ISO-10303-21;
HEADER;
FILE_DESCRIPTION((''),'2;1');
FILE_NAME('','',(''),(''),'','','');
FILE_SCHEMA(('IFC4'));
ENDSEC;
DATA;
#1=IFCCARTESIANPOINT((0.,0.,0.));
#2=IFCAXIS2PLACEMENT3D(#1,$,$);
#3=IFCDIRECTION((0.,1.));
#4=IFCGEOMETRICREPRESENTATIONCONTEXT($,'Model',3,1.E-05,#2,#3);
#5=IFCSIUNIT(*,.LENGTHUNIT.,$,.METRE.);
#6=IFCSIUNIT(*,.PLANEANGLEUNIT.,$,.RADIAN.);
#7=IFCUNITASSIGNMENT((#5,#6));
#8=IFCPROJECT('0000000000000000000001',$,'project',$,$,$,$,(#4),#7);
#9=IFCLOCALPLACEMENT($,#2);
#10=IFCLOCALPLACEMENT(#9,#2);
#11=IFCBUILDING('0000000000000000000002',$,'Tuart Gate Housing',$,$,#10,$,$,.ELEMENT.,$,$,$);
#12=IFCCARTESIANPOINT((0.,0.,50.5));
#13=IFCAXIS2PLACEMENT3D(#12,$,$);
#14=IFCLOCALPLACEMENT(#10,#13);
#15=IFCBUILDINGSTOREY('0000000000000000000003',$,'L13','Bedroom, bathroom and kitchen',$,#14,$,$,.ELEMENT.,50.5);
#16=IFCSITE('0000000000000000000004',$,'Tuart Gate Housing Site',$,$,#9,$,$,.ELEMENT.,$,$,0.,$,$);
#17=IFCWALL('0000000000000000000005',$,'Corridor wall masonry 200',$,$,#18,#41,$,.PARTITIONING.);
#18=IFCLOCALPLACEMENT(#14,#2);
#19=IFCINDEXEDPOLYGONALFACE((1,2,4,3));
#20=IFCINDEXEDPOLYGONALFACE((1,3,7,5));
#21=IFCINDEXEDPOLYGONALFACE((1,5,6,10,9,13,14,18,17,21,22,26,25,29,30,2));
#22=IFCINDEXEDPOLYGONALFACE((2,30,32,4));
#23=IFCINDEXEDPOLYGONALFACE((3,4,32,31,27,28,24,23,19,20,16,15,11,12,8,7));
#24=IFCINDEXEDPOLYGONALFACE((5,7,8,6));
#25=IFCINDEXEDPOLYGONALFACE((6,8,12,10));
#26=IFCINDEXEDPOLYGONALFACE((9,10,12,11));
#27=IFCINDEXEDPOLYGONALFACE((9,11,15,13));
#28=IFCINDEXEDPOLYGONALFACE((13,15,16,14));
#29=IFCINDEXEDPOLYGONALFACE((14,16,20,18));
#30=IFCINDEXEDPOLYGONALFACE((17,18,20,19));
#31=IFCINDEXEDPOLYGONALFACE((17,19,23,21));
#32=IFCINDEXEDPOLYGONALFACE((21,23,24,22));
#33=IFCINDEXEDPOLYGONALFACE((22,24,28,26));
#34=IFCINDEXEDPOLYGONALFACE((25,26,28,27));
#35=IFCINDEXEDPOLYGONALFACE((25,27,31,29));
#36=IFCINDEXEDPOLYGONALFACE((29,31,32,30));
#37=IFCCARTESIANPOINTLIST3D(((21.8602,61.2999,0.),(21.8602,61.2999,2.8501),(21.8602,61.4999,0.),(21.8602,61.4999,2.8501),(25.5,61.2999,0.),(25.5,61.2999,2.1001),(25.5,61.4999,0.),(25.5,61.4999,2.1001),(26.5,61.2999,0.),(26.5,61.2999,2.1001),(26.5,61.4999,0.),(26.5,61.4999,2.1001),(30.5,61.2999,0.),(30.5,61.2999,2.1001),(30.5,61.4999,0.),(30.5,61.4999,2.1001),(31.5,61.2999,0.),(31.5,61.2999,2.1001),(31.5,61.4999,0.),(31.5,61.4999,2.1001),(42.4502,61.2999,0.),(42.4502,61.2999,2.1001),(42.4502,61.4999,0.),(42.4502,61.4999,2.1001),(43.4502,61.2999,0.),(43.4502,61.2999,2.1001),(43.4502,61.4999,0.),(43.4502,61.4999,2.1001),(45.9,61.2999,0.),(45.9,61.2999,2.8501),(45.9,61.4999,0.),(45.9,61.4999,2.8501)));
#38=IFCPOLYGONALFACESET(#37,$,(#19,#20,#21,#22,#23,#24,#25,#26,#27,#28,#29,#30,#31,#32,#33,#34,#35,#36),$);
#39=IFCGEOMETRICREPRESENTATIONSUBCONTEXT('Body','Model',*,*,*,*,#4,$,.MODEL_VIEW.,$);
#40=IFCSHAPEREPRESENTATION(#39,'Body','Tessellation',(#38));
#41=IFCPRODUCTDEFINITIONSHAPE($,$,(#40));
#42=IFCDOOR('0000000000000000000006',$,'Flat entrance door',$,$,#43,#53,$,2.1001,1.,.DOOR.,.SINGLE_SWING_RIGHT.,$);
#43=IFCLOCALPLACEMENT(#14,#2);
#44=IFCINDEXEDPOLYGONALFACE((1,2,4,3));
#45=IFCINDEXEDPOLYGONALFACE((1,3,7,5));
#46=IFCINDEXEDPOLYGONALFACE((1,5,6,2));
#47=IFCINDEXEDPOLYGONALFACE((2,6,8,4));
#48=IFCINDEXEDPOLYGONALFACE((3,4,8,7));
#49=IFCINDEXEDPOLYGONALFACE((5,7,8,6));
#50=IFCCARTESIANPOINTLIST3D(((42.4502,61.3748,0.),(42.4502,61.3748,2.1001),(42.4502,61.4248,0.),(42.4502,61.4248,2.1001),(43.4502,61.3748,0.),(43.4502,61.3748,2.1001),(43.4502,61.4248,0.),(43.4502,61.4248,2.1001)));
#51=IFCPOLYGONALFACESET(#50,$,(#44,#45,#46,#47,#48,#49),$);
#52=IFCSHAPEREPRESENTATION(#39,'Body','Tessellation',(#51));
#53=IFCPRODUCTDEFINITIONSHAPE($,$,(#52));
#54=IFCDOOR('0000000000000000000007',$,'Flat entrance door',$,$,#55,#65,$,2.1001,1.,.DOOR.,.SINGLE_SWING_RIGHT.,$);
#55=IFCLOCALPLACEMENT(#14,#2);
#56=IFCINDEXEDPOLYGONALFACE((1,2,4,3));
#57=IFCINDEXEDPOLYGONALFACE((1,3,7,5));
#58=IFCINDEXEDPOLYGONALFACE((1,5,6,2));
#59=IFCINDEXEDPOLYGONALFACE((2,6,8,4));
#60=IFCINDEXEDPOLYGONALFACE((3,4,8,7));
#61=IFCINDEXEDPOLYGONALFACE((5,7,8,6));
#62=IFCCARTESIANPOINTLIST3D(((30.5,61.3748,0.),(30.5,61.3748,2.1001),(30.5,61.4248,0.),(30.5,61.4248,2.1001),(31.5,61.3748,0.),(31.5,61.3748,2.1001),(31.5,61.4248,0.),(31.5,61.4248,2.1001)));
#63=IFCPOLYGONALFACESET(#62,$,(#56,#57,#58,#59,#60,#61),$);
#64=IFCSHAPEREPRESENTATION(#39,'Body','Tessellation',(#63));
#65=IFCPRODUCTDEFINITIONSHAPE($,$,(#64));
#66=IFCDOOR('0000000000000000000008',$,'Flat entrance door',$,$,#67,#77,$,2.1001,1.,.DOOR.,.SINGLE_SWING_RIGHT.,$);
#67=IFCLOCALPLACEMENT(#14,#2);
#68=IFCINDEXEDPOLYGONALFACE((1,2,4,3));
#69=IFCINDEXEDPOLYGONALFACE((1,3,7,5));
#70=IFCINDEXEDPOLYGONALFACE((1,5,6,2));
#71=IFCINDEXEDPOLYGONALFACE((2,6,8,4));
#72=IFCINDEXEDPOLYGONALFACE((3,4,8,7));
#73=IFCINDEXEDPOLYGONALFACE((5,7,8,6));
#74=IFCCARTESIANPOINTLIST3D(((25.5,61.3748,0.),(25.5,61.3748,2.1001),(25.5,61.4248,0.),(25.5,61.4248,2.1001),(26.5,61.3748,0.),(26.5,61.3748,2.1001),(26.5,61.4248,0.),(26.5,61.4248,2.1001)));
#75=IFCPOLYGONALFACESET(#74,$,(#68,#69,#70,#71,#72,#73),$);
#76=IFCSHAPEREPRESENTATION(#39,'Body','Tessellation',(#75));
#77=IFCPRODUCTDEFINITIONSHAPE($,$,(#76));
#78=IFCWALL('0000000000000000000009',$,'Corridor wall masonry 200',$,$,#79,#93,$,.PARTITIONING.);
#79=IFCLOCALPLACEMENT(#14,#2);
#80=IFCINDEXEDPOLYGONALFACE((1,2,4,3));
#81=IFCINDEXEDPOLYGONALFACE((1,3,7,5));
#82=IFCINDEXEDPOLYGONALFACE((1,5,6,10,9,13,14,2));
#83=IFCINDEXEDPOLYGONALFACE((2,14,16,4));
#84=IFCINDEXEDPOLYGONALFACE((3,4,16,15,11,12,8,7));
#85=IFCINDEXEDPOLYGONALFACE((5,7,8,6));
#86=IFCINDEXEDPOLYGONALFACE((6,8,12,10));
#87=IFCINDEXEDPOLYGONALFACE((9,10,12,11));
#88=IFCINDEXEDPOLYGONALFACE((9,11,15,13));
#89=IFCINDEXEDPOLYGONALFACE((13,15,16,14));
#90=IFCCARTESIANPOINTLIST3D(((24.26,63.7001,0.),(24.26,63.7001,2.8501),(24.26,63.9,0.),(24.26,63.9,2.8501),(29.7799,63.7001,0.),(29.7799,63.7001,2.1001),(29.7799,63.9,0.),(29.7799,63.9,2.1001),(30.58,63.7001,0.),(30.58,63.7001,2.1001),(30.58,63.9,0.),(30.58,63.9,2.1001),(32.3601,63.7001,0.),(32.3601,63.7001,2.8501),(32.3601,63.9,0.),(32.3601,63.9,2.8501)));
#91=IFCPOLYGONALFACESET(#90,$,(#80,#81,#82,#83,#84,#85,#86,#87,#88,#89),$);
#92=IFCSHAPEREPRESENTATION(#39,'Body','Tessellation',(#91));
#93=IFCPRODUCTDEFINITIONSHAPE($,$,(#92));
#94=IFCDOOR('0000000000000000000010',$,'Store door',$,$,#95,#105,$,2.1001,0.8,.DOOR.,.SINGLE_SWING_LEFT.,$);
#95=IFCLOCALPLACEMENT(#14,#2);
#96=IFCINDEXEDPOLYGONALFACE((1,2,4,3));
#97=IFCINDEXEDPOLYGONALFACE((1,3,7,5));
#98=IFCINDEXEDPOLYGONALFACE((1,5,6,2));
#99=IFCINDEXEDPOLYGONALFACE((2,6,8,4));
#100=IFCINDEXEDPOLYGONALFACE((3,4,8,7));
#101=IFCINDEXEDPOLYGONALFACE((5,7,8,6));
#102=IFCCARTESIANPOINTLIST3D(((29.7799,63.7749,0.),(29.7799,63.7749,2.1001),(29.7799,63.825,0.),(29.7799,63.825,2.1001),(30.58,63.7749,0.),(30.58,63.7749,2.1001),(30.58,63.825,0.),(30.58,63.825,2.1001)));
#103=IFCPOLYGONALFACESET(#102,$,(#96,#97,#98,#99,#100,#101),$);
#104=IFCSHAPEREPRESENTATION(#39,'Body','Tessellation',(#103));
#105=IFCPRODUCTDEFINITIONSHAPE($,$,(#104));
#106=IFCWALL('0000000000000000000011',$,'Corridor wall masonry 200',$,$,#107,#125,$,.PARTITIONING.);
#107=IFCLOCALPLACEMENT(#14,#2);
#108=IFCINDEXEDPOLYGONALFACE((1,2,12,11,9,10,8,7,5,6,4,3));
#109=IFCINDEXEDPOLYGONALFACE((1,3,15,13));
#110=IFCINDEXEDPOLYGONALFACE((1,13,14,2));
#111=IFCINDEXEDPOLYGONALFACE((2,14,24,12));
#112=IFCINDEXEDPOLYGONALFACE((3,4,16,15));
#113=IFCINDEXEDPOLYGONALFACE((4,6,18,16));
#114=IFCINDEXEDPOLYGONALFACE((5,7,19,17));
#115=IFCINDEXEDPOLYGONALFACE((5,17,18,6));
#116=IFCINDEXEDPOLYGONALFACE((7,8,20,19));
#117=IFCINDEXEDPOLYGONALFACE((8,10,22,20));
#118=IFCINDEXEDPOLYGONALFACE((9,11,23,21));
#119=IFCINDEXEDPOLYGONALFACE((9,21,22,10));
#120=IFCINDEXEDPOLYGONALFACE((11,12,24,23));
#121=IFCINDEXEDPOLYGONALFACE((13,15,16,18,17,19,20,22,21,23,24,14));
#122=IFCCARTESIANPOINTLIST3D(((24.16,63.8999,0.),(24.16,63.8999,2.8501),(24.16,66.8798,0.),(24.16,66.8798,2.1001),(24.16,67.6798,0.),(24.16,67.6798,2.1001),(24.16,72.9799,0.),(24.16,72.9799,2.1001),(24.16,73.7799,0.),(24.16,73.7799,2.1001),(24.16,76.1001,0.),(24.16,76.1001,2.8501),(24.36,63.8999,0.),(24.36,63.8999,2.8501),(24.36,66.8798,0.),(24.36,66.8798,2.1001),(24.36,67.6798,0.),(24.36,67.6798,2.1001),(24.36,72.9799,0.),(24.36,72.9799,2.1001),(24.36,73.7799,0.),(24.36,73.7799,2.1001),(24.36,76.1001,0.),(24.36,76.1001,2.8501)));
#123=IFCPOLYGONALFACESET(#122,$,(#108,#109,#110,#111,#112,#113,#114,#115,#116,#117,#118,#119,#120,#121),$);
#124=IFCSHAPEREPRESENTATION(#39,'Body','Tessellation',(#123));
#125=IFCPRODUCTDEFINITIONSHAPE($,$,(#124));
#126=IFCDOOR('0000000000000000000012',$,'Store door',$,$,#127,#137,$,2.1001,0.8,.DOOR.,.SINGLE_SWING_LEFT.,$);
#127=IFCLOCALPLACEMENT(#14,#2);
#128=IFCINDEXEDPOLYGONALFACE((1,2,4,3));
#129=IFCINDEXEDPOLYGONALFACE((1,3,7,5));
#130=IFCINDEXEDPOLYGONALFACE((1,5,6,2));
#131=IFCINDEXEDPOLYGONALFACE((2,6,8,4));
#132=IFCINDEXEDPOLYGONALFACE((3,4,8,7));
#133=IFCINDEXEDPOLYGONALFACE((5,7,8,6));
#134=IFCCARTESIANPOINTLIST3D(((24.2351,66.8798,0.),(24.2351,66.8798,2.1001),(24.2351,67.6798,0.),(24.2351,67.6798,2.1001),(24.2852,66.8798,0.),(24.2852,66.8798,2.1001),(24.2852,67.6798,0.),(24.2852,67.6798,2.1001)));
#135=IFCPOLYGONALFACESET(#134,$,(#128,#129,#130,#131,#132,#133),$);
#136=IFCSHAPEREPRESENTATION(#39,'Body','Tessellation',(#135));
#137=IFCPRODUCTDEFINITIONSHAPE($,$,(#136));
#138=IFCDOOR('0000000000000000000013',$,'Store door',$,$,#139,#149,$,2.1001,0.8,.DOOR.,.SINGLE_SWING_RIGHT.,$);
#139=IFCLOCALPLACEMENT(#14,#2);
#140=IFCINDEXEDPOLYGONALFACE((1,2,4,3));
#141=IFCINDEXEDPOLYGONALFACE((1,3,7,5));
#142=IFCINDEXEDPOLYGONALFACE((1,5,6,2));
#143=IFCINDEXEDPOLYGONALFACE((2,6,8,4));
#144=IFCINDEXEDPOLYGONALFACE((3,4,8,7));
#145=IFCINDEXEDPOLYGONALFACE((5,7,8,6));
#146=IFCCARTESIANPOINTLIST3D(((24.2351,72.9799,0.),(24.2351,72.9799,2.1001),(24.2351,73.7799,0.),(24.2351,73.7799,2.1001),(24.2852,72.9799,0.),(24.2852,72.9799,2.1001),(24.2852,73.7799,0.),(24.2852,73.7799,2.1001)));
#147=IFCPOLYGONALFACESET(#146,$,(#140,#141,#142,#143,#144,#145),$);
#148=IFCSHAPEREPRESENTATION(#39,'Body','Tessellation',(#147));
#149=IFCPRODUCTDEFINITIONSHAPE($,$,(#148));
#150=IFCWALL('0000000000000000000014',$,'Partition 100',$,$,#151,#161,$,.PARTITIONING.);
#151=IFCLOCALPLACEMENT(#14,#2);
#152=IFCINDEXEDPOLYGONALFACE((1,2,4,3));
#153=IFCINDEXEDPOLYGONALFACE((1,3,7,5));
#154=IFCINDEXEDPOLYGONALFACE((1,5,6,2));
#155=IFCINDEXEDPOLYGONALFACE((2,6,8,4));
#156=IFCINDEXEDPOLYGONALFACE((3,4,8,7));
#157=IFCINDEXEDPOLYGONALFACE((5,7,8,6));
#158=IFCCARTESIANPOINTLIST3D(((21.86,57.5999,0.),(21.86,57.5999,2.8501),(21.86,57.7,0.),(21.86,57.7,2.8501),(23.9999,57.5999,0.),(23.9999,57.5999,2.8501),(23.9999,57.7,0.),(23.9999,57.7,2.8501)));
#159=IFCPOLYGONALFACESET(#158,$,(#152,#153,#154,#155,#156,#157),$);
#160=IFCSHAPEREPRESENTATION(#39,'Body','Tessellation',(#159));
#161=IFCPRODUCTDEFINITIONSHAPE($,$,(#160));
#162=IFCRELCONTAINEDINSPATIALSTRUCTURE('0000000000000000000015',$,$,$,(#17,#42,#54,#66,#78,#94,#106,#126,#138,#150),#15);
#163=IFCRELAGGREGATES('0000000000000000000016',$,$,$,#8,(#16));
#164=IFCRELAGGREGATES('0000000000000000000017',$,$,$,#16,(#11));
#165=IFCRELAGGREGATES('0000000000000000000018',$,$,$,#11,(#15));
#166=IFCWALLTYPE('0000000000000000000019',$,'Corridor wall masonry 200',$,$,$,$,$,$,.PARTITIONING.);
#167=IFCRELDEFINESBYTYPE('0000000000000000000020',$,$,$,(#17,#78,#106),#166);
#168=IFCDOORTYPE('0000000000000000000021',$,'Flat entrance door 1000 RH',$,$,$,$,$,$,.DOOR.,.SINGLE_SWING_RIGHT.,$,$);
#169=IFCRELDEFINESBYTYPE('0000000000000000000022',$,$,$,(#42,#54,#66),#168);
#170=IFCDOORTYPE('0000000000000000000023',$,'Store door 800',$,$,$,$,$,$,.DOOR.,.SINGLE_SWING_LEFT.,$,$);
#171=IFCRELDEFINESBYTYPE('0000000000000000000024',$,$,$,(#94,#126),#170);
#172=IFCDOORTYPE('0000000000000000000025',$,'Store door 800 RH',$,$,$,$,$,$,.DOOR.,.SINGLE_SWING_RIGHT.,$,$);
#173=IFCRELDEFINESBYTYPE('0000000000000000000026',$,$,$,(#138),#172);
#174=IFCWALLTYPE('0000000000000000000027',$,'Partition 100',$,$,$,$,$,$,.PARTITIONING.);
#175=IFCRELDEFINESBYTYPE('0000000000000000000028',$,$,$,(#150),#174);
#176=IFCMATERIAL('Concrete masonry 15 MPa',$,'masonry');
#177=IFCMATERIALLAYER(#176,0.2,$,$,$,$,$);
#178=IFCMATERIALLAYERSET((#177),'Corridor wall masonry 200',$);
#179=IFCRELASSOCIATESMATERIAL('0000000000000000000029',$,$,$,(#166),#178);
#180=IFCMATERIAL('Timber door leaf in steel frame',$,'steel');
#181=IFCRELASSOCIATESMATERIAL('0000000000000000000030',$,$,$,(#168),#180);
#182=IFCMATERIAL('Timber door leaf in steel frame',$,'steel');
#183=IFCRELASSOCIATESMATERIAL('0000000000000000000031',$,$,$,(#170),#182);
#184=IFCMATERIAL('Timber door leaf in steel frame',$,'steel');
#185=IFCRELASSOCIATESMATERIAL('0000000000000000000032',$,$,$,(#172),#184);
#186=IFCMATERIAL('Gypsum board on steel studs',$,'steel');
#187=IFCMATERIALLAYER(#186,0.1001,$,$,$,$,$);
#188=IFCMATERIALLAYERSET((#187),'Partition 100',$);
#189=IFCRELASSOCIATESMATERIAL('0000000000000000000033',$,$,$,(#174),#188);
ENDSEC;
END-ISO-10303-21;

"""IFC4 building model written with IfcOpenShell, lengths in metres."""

from ifc_helpers import new_model, si_unit, direction, frame, frame_2d, origin, place, context, subcontext, project, spatial, rectangle, extrude, material, layer, layer_set, type_object, element, fill, save


model = new_model("IFC4")

# Units and contexts
model_context = context("Model", 3, precision=1e-05, world=origin(), true_north=direction((0.0, 1.0)))
body_context = subcontext(model_context, "Body", "Model", "MODEL_VIEW")
ifc_project = project(units=[si_unit("LENGTHUNIT", "METRE"), si_unit("PLANEANGLEUNIT", "RADIAN")], contexts=[model_context])

# Site, building, storey
site_placement = place(None, origin())
site = spatial("IfcSite", under=ifc_project, at=site_placement, Name="Tuart Gate Housing Site", CompositionType="ELEMENT", RefElevation=0.0)
building_placement = place(site_placement, origin())
building = spatial("IfcBuilding", under=site, at=building_placement, Name="Tuart Gate Housing", CompositionType="ELEMENT")
storey_placement = place(building_placement, frame((0.0, 0.0, 50.5)))
storey = spatial("IfcBuildingStorey", under=building, at=storey_placement, Name="L13", Description="Bedroom, bathroom and kitchen", CompositionType="ELEMENT", Elevation=50.5)

# Wall, openings, doors
ifc_material_1 = material(Name="Concrete masonry 15 MPa", Category="masonry")
ifc_layer_1 = layer(ifc_material_1, 0.2)
ifc_layer_set_1 = layer_set([ifc_layer_1], Name="Corridor wall masonry 200")
wall_type_1 = type_object("IfcWallType", Name="Corridor wall masonry 200", PredefinedType="PARTITIONING", material=ifc_layer_set_1)
wall_1_placement = place(storey_placement, frame((21.8601, 61.3999, 0.0), z_axis=(0.0, 0.0, 1.0), x_axis=(1.0, 0.0, 0.0)))
wall_1 = element("IfcWall", 1, at=wall_1_placement, inside=storey, type_object=wall_type_1, Name="Corridor wall masonry 200", PredefinedType="PARTITIONING", context=body_context, shape_type="SweptSolid", body=[
    extrude(rectangle(XDim=24.0398, YDim=0.2, at=frame_2d((12.02, 0.0))), origin(), (0.0, 0.0, 1.0), 2.8501),
])
opening_1_placement = place(wall_1_placement, frame((20.5901, 0.0, 0.0)))
opening_1 = element("IfcOpeningElement", 2, at=opening_1_placement, cuts=wall_1, PredefinedType="OPENING", context=body_context, shape_type="SweptSolid", body=[
    extrude(rectangle(XDim=1.0, YDim=2.1001, at=frame_2d((0.5, 1.05))), frame((0.0, 0.1099, 0.0), z_axis=(0.0, -1.0, 0.0), x_axis=(1.0, 0.0, 0.0)), (0.0, 0.0, 1.0), 0.22),
])
opening_2_placement = place(wall_1_placement, frame((8.6399, 0.0, 0.0)))
opening_2 = element("IfcOpeningElement", 3, at=opening_2_placement, cuts=wall_1, PredefinedType="OPENING", context=body_context, shape_type="SweptSolid", body=[
    extrude(rectangle(XDim=1.0, YDim=2.1001, at=frame_2d((0.5, 1.05))), frame((0.0, 0.1099, 0.0), z_axis=(0.0, -1.0, 0.0), x_axis=(1.0, 0.0, 0.0)), (0.0, 0.0, 1.0), 0.22),
])
opening_3_placement = place(wall_1_placement, frame((3.6399, 0.0, 0.0)))
opening_3 = element("IfcOpeningElement", 4, at=opening_3_placement, cuts=wall_1, PredefinedType="OPENING", context=body_context, shape_type="SweptSolid", body=[
    extrude(rectangle(XDim=1.0, YDim=2.1001, at=frame_2d((0.5, 1.05))), frame((0.0, 0.1099, 0.0), z_axis=(0.0, -1.0, 0.0), x_axis=(1.0, 0.0, 0.0)), (0.0, 0.0, 1.0), 0.22),
])
ifc_material_2 = material(Name="Timber door leaf in steel frame", Category="steel")
door_type_1 = type_object("IfcDoorType", Name="Flat entrance door 1000 RH", OperationType="SINGLE_SWING_RIGHT", PredefinedType="DOOR", material=ifc_material_2)
door_1_placement = place(opening_1_placement, frame((1.0, 0.0, 0.0), z_axis=(0.0, 0.0, 1.0), x_axis=(-1.0, 0.0, 0.0)))
door_1 = element("IfcDoor", 5, at=door_1_placement, inside=storey, type_object=door_type_1, Name="Flat entrance door", OperationType="SINGLE_SWING_RIGHT", OverallHeight=2.1001, OverallWidth=1.0, PredefinedType="DOOR", context=body_context, shape_type="SweptSolid", body=[
    extrude(rectangle(XDim=1.0, YDim=2.1001, at=frame_2d((0.5, 1.05))), frame((0.0, 0.0251, 0.0), z_axis=(0.0, -1.0, 0.0), x_axis=(1.0, 0.0, 0.0)), (0.0, 0.0, 1.0), 0.05),
])
fill(opening_1, door_1)
door_2_placement = place(opening_2_placement, frame((1.0, 0.0, 0.0), z_axis=(0.0, 0.0, 1.0), x_axis=(-1.0, 0.0, 0.0)))
door_2 = element("IfcDoor", 6, at=door_2_placement, inside=storey, type_object=door_type_1, Name="Flat entrance door", OperationType="SINGLE_SWING_RIGHT", OverallHeight=2.1001, OverallWidth=1.0, PredefinedType="DOOR", context=body_context, shape_type="SweptSolid", body=[
    extrude(rectangle(XDim=1.0, YDim=2.1001, at=frame_2d((0.5, 1.05))), frame((0.0, 0.0251, 0.0), z_axis=(0.0, -1.0, 0.0), x_axis=(1.0, 0.0, 0.0)), (0.0, 0.0, 1.0), 0.05),
])
fill(opening_2, door_2)
door_3_placement = place(opening_3_placement, frame((1.0, 0.0, 0.0), z_axis=(0.0, 0.0, 1.0), x_axis=(-1.0, 0.0, 0.0)))
door_3 = element("IfcDoor", 7, at=door_3_placement, inside=storey, type_object=door_type_1, Name="Flat entrance door", OperationType="SINGLE_SWING_RIGHT", OverallHeight=2.1001, OverallWidth=1.0, PredefinedType="DOOR", context=body_context, shape_type="SweptSolid", body=[
    extrude(rectangle(XDim=1.0, YDim=2.1001, at=frame_2d((0.5, 1.05))), frame((0.0, 0.0251, 0.0), z_axis=(0.0, -1.0, 0.0), x_axis=(1.0, 0.0, 0.0)), (0.0, 0.0, 1.0), 0.05),
])
fill(opening_3, door_3)

# Wall, opening, door
wall_2_placement = place(storey_placement, frame((24.26, 63.8, 0.0), z_axis=(0.0, 0.0, 1.0), x_axis=(1.0, 0.0, 0.0)))
wall_2 = element("IfcWall", 8, at=wall_2_placement, inside=storey, type_object=wall_type_1, Name="Corridor wall masonry 200", PredefinedType="PARTITIONING", context=body_context, shape_type="SweptSolid", body=[
    extrude(rectangle(XDim=8.1001, YDim=0.2, at=frame_2d((4.05, 0.0))), origin(), (0.0, 0.0, 1.0), 2.8501),
])
opening_4_placement = place(wall_2_placement, frame((5.52, 0.0, 0.0)))
opening_4 = element("IfcOpeningElement", 9, at=opening_4_placement, cuts=wall_2, PredefinedType="OPENING", context=body_context, shape_type="SweptSolid", body=[
    extrude(rectangle(XDim=0.8, YDim=2.1001, at=frame_2d((0.3999, 1.05))), frame((0.0, 0.1099, 0.0), z_axis=(0.0, -1.0, 0.0), x_axis=(1.0, 0.0, 0.0)), (0.0, 0.0, 1.0), 0.22),
])
ifc_material_3 = material(Name="Timber door leaf in steel frame", Category="steel")
door_type_2 = type_object("IfcDoorType", Name="Store door 800", OperationType="SINGLE_SWING_LEFT", PredefinedType="DOOR", material=ifc_material_3)
door_4_placement = place(opening_4_placement, origin())
door_4 = element("IfcDoor", 10, at=door_4_placement, inside=storey, type_object=door_type_2, Name="Store door", OperationType="SINGLE_SWING_LEFT", OverallHeight=2.1001, OverallWidth=0.8, PredefinedType="DOOR", context=body_context, shape_type="SweptSolid", body=[
    extrude(rectangle(XDim=0.8, YDim=2.1001, at=frame_2d((0.3999, 1.05))), frame((0.0, 0.0249, 0.0), z_axis=(0.0, -1.0, 0.0), x_axis=(1.0, 0.0, 0.0)), (0.0, 0.0, 1.0), 0.05),
])
fill(opening_4, door_4)

# Wall, openings, doors
wall_3_placement = place(storey_placement, frame((24.26, 63.8999, 0.0), z_axis=(0.0, 0.0, 1.0), x_axis=(0.0, 1.0, 0.0)))
wall_3 = element("IfcWall", 11, at=wall_3_placement, inside=storey, type_object=wall_type_1, Name="Corridor wall masonry 200", PredefinedType="PARTITIONING", context=body_context, shape_type="SweptSolid", body=[
    extrude(rectangle(XDim=12.2002, YDim=0.2, at=frame_2d((6.1001, 0.0))), origin(), (0.0, 0.0, 1.0), 2.8501),
])
opening_5_placement = place(wall_3_placement, frame((2.98, 0.0, 0.0)))
opening_5 = element("IfcOpeningElement", 12, at=opening_5_placement, cuts=wall_3, PredefinedType="OPENING", context=body_context, shape_type="SweptSolid", body=[
    extrude(rectangle(XDim=0.8, YDim=2.1001, at=frame_2d((0.3999, 1.05))), frame((0.0, 0.1099, 0.0), z_axis=(0.0, -1.0, 0.0), x_axis=(1.0, 0.0, 0.0)), (0.0, 0.0, 1.0), 0.22),
])
opening_6_placement = place(wall_3_placement, frame((9.0801, 0.0, 0.0)))
opening_6 = element("IfcOpeningElement", 13, at=opening_6_placement, cuts=wall_3, PredefinedType="OPENING", context=body_context, shape_type="SweptSolid", body=[
    extrude(rectangle(XDim=0.8, YDim=2.1001, at=frame_2d((0.3999, 1.05))), frame((0.0, 0.1099, 0.0), z_axis=(0.0, -1.0, 0.0), x_axis=(1.0, 0.0, 0.0)), (0.0, 0.0, 1.0), 0.22),
])
door_5_placement = place(opening_5_placement, frame((0.8, 0.0, 0.0), z_axis=(0.0, 0.0, 1.0), x_axis=(-1.0, 0.0, 0.0)))
door_5 = element("IfcDoor", 14, at=door_5_placement, inside=storey, type_object=door_type_2, Name="Store door", OperationType="SINGLE_SWING_LEFT", OverallHeight=2.1001, OverallWidth=0.8, PredefinedType="DOOR", context=body_context, shape_type="SweptSolid", body=[
    extrude(rectangle(XDim=0.8, YDim=2.1001, at=frame_2d((0.4001, 1.05))), frame((0.0, 0.0251, 0.0), z_axis=(0.0, -1.0, 0.0), x_axis=(1.0, 0.0, 0.0)), (0.0, 0.0, 1.0), 0.05),
])
fill(opening_5, door_5)
ifc_material_4 = material(Name="Timber door leaf in steel frame", Category="steel")
door_type_3 = type_object("IfcDoorType", Name="Store door 800 RH", OperationType="SINGLE_SWING_RIGHT", PredefinedType="DOOR", material=ifc_material_4)
door_6_placement = place(opening_6_placement, frame((0.8, 0.0, 0.0), z_axis=(0.0, 0.0, 1.0), x_axis=(-1.0, 0.0, 0.0)))
door_6 = element("IfcDoor", 15, at=door_6_placement, inside=storey, type_object=door_type_3, Name="Store door", OperationType="SINGLE_SWING_RIGHT", OverallHeight=2.1001, OverallWidth=0.8, PredefinedType="DOOR", context=body_context, shape_type="SweptSolid", body=[
    extrude(rectangle(XDim=0.8, YDim=2.1001, at=frame_2d((0.4001, 1.05))), frame((0.0, 0.0251, 0.0), z_axis=(0.0, -1.0, 0.0), x_axis=(1.0, 0.0, 0.0)), (0.0, 0.0, 1.0), 0.05),
])
fill(opening_6, door_6)

# Wall
ifc_material_5 = material(Name="Gypsum board on steel studs", Category="steel")
ifc_layer_2 = layer(ifc_material_5, 0.1001)
ifc_layer_set_2 = layer_set([ifc_layer_2], Name="Partition 100")
wall_type_2 = type_object("IfcWallType", Name="Partition 100", PredefinedType="PARTITIONING", material=ifc_layer_set_2)
wall_4_placement = place(storey_placement, frame((21.8601, 57.6499, 0.0), z_axis=(0.0, 0.0, 1.0), x_axis=(1.0, 0.0, 0.0)))
element("IfcWall", 16, at=wall_4_placement, inside=storey, type_object=wall_type_2, Name="Partition 100", PredefinedType="PARTITIONING", context=body_context, shape_type="SweptSolid", body=[
    extrude(rectangle(XDim=2.1399, YDim=0.1001, at=frame_2d((1.0698, 0.0))), origin(), (0.0, 0.0, 1.0), 2.8501),
])

save(model, "model.ifc")
